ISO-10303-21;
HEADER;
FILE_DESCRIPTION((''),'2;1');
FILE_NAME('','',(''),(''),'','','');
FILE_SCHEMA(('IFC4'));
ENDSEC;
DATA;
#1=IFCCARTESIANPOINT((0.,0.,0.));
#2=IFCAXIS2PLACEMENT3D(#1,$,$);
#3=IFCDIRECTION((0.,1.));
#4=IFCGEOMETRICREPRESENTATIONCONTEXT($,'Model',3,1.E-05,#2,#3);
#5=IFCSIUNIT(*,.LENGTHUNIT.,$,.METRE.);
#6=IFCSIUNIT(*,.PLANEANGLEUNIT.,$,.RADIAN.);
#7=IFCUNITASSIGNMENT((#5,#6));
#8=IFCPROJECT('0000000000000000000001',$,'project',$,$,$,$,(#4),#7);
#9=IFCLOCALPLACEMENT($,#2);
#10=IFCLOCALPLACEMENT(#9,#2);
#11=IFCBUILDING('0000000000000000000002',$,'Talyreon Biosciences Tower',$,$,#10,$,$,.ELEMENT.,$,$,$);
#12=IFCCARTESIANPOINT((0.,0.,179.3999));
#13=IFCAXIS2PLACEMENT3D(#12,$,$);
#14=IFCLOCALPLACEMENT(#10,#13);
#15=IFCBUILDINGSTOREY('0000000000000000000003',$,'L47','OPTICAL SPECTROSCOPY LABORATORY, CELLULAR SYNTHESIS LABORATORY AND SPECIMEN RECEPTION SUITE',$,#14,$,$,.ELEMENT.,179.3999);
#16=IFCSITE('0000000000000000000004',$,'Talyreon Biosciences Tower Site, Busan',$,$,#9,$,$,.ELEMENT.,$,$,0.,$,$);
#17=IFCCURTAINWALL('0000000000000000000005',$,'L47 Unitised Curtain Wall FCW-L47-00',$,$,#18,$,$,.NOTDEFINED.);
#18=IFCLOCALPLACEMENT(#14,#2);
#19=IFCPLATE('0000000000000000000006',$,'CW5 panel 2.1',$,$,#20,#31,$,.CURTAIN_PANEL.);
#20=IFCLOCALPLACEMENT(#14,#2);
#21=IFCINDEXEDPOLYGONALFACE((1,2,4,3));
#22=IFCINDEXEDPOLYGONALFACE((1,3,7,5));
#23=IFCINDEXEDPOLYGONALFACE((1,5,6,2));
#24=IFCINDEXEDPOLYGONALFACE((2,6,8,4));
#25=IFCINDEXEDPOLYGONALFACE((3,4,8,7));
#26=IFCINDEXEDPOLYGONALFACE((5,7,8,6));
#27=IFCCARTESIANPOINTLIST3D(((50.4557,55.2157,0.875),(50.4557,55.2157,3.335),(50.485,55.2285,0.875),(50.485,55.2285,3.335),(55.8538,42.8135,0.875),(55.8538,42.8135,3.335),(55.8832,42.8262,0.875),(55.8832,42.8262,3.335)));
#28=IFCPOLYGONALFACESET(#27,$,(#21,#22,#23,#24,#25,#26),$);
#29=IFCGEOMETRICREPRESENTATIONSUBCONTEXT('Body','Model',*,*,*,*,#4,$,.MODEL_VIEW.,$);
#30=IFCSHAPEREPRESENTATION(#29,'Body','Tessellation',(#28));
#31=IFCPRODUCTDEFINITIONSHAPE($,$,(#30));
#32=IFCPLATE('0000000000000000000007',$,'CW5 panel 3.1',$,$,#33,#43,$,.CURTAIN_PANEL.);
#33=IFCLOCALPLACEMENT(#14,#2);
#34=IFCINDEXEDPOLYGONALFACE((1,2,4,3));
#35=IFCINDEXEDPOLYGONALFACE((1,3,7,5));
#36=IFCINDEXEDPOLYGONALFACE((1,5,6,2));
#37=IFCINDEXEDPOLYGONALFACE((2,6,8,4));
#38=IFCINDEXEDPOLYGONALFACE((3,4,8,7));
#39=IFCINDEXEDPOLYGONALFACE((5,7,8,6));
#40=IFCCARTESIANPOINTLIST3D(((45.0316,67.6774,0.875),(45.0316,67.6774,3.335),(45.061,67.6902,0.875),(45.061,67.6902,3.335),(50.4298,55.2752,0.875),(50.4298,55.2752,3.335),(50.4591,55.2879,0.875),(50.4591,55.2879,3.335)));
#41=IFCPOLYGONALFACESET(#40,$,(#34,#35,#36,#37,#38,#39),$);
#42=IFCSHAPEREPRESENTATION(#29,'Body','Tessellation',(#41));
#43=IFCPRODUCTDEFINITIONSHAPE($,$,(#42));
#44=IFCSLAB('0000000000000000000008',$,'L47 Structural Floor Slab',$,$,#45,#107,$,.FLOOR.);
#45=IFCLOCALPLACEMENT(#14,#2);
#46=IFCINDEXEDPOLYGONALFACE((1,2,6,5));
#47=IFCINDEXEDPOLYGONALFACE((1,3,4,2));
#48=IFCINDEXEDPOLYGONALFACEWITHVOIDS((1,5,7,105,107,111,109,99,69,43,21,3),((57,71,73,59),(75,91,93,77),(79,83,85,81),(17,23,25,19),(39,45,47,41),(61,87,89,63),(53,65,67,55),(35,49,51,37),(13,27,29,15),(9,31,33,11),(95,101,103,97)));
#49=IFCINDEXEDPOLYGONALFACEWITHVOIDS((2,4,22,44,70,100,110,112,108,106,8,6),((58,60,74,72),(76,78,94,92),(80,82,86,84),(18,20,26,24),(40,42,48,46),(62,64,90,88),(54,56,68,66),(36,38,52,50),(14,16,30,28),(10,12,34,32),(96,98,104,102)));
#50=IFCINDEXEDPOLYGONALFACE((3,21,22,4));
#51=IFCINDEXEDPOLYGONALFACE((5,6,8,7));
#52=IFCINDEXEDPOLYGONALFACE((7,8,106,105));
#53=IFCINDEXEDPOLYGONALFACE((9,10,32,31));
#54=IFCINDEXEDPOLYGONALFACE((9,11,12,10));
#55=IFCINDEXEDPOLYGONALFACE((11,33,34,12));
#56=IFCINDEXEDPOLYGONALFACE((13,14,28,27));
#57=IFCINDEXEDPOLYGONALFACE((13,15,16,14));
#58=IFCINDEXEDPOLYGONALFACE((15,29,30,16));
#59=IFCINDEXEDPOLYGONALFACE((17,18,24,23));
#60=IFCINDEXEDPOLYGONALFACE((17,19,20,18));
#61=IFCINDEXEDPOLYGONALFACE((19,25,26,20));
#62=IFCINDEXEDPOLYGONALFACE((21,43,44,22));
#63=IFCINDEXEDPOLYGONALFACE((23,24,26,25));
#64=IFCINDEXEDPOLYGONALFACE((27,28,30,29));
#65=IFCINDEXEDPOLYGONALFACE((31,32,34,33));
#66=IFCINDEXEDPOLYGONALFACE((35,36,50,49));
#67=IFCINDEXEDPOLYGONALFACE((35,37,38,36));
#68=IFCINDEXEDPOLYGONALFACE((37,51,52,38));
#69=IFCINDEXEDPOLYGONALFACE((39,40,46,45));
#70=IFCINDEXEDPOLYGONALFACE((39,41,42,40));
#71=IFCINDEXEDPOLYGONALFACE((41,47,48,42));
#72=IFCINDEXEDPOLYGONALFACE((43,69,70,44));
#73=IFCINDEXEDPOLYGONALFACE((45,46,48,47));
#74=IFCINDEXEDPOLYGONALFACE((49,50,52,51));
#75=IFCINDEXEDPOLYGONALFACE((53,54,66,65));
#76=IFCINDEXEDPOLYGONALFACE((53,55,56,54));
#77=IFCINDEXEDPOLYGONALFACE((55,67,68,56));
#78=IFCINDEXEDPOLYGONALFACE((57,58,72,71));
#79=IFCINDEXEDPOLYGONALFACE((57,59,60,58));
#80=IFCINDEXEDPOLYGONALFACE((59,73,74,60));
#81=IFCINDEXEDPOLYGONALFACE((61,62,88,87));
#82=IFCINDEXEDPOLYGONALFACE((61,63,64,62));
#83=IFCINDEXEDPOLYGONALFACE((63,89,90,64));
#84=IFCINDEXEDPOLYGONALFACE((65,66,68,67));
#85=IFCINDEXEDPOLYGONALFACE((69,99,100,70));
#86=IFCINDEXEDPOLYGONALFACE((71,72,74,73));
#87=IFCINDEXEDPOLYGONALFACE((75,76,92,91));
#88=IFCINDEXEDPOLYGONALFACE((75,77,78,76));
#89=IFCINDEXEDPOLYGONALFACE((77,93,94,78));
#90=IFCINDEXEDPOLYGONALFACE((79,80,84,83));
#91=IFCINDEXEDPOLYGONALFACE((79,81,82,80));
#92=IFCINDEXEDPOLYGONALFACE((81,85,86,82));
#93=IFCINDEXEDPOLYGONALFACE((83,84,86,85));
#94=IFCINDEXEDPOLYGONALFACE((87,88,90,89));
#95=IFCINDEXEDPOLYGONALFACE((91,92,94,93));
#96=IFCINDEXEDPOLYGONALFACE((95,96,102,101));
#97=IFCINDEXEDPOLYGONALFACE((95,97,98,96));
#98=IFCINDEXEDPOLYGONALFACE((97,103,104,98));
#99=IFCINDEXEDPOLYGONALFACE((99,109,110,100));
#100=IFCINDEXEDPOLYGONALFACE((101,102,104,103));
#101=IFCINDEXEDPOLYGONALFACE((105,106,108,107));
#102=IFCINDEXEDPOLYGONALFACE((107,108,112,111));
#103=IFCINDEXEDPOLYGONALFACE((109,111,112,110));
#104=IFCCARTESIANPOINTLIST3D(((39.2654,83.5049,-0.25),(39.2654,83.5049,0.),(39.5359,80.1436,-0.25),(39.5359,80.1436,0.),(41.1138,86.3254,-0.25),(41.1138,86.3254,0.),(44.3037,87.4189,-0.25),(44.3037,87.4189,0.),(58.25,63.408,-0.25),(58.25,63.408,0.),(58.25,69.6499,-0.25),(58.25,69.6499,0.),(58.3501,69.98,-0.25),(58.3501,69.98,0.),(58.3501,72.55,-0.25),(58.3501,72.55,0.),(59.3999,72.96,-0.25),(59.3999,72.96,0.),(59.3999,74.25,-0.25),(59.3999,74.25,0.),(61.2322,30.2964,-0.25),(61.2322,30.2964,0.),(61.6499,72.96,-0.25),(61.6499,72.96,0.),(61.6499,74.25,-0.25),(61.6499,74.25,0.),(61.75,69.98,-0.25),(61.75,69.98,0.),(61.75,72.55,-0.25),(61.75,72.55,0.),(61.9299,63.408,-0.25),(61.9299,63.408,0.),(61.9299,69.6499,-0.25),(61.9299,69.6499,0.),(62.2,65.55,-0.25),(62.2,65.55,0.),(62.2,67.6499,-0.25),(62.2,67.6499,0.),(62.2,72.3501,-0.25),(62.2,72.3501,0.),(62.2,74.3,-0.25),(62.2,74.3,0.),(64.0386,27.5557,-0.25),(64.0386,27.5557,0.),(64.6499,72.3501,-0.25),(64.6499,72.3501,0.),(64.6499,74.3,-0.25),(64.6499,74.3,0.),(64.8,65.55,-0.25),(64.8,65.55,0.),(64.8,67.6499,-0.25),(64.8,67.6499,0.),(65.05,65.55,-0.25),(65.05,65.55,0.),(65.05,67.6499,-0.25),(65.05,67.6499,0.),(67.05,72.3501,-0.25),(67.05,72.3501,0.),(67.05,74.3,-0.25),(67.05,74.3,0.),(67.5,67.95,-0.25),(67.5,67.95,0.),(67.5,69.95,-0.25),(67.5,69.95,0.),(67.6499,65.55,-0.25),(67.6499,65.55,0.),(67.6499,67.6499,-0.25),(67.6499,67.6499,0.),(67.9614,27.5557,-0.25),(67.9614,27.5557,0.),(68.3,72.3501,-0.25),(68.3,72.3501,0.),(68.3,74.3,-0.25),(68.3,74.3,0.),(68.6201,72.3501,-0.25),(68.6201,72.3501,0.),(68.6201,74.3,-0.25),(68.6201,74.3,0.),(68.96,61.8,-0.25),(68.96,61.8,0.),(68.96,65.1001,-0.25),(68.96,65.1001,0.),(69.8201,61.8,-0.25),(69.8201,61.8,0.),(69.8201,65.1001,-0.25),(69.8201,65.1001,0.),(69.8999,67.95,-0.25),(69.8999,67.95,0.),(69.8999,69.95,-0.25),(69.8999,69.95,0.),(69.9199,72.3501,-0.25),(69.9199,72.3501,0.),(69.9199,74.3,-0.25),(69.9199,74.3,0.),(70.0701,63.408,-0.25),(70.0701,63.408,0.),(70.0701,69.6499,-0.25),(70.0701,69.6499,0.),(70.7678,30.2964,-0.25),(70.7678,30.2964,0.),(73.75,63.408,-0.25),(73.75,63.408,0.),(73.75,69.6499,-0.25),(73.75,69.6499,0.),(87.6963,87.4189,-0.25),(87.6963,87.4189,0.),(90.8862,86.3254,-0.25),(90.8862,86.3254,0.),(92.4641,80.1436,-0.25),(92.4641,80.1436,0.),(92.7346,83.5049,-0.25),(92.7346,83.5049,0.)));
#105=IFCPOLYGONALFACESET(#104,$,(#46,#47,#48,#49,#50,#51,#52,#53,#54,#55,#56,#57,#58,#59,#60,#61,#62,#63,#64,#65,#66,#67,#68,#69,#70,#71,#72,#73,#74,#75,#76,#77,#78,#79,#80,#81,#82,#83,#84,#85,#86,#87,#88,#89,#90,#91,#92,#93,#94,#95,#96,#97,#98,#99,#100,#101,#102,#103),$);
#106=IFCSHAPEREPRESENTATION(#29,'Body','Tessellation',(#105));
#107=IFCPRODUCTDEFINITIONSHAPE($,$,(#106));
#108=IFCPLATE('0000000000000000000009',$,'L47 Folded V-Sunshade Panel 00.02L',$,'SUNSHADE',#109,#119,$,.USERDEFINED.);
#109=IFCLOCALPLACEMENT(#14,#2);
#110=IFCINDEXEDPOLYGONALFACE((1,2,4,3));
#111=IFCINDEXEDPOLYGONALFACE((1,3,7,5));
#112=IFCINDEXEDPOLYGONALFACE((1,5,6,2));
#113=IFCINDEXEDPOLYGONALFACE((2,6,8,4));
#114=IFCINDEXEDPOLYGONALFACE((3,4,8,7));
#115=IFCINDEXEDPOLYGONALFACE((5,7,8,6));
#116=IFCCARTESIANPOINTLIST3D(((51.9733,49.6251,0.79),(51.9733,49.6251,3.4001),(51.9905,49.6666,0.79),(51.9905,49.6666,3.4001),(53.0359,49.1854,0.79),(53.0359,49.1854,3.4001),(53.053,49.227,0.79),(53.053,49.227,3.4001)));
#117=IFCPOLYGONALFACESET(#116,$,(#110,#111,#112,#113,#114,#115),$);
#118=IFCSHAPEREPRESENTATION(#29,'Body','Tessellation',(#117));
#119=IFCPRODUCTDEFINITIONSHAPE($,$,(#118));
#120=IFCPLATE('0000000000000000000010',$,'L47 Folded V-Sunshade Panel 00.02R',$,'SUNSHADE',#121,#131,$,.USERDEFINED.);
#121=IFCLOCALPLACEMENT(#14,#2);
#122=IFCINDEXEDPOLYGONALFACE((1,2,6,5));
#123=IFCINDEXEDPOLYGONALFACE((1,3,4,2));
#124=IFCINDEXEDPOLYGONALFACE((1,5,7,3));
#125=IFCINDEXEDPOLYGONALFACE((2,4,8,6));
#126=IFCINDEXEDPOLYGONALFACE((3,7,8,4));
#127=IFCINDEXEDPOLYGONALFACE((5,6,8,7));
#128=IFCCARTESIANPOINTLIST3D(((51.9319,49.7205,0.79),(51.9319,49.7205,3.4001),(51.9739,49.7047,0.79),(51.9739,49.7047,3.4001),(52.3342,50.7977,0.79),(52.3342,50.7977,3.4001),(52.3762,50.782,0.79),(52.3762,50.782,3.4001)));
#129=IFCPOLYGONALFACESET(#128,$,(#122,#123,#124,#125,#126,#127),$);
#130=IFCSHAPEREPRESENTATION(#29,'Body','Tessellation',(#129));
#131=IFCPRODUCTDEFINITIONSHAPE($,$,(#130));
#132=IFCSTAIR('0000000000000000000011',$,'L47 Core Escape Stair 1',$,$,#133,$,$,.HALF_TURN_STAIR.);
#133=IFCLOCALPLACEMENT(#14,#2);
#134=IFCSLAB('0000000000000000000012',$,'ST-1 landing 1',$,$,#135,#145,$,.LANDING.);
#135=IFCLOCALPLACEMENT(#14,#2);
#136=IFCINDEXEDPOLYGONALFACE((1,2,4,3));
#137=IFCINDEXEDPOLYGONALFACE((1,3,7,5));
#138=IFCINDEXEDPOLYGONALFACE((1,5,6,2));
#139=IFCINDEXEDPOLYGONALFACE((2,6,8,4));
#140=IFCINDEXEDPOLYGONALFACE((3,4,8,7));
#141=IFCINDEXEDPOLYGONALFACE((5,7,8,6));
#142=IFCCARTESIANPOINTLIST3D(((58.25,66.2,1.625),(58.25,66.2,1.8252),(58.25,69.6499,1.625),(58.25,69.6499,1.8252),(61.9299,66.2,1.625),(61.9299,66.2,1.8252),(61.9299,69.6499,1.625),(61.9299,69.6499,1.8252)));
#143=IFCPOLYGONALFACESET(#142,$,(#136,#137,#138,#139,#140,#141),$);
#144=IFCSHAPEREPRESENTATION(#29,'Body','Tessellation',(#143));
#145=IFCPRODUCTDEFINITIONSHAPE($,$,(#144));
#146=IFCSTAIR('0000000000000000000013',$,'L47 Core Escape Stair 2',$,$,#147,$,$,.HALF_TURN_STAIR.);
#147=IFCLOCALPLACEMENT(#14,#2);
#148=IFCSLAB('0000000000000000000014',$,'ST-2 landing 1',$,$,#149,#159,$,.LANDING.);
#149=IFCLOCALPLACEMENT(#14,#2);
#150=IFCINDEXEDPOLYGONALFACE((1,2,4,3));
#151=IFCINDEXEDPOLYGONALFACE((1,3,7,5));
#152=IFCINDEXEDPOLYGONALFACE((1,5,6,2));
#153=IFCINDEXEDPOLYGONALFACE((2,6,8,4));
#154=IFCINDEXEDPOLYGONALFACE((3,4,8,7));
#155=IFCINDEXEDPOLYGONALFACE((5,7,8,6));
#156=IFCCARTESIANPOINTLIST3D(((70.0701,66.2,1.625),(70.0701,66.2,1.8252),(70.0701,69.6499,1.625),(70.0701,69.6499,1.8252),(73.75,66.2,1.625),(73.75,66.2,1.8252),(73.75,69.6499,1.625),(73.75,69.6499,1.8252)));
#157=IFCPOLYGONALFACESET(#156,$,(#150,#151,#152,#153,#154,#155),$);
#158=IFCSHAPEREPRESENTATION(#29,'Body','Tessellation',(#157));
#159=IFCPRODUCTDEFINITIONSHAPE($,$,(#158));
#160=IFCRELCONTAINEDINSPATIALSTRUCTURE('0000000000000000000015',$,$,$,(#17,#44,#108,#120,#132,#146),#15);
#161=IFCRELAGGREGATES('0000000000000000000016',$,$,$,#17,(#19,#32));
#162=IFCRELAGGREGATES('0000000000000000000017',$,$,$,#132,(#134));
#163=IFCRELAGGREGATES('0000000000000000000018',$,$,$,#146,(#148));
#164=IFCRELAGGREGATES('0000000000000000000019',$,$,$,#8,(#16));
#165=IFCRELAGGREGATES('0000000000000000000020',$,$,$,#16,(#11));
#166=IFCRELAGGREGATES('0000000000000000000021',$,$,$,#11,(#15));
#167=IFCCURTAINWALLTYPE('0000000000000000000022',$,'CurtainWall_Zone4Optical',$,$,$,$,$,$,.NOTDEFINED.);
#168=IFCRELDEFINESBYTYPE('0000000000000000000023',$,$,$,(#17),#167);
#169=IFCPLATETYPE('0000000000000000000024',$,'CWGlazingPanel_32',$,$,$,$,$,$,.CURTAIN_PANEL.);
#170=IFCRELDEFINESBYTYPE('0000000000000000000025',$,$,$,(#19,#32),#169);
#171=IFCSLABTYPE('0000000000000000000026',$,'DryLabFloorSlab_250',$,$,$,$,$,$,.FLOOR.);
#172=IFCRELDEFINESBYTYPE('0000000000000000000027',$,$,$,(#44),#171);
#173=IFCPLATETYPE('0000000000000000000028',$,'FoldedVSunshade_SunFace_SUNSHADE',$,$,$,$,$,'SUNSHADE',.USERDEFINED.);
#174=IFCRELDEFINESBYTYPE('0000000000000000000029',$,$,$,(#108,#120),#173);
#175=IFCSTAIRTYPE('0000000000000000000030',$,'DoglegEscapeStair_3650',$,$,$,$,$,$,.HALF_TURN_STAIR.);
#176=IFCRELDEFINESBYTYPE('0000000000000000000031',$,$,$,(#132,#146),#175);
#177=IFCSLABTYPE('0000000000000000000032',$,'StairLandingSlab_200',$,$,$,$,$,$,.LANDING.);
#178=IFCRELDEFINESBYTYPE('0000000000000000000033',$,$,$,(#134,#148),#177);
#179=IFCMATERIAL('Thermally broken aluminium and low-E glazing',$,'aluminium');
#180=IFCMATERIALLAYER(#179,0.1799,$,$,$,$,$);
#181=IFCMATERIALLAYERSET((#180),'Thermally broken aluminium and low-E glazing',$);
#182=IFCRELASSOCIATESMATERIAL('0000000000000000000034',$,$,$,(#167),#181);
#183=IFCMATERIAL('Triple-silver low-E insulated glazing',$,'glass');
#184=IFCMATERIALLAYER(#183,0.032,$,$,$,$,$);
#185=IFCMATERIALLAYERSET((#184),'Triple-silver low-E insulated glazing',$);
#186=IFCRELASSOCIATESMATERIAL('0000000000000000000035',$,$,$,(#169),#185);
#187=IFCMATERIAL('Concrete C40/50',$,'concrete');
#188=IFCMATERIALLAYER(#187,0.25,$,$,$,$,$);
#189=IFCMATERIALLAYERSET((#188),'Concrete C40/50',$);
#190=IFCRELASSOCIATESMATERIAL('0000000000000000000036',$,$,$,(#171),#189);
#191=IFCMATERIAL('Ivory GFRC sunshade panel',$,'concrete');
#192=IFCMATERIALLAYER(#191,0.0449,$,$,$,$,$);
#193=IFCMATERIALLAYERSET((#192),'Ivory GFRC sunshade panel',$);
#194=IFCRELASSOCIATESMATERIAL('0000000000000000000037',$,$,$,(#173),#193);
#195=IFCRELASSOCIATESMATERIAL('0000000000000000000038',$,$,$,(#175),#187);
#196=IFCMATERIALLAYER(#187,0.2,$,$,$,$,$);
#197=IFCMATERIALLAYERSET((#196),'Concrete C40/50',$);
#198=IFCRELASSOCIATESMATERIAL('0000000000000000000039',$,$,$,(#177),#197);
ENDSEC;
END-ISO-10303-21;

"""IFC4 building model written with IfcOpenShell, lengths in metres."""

from ifc_helpers import new_model, si_unit, direction, frame, origin, origin_2d, place, context, subcontext, project, spatial, polyline, rectangle, outline, extrude, material, layer, layer_set, type_object, element, aggregate, save


model = new_model("IFC4")

# Units and contexts
model_context = context("Model", 3, precision=1e-05, world=origin(), true_north=direction((0.0, 1.0)))
body_context = subcontext(model_context, "Body", "Model", "MODEL_VIEW")
ifc_project = project(units=[si_unit("LENGTHUNIT", "METRE"), si_unit("PLANEANGLEUNIT", "RADIAN")], contexts=[model_context])

# Site, building, storey
site_placement = place(None, origin())
site = spatial("IfcSite", under=ifc_project, at=site_placement, Name="Talyreon Biosciences Tower Site, Busan", CompositionType="ELEMENT", RefElevation=0.0)
building_placement = place(site_placement, origin())
building = spatial("IfcBuilding", under=site, at=building_placement, Name="Talyreon Biosciences Tower", CompositionType="ELEMENT")
storey_placement = place(building_placement, frame((0.0, 0.0, 179.3999)))
storey = spatial("IfcBuildingStorey", under=building, at=storey_placement, Name="L47", Description="OPTICAL SPECTROSCOPY LABORATORY, CELLULAR SYNTHESIS LABORATORY AND SPECIMEN RECEPTION SUITE", CompositionType="ELEMENT", Elevation=179.3999)

# Curtain wall
ifc_material_1 = material(Name="Thermally broken aluminium and low-E glazing", Category="aluminium")
ifc_layer_1 = layer(ifc_material_1, 0.1799)
ifc_layer_set_1 = layer_set([ifc_layer_1], Name="Thermally broken aluminium and low-E glazing")
curtain_wall_type = type_object("IfcCurtainWallType", Name="CurtainWall_Zone4Optical", PredefinedType="NOTDEFINED", material=ifc_layer_set_1)
curtain_wall_placement = place(storey_placement, origin())
curtain_wall = element("IfcCurtainWall", 1, at=curtain_wall_placement, inside=storey, type_object=curtain_wall_type, Name="L47 Unitised Curtain Wall FCW-L47-00", PredefinedType="NOTDEFINED")

# Plates
ifc_material_2 = material(Name="Triple-silver low-E insulated glazing", Category="glass")
ifc_layer_2 = layer(ifc_material_2, 0.032)
ifc_layer_set_2 = layer_set([ifc_layer_2], Name="Triple-silver low-E insulated glazing")
plate_type_1 = type_object("IfcPlateType", Name="CWGlazingPanel_32", PredefinedType="CURTAIN_PANEL", material=ifc_layer_set_2)
plate_1_placement = place(storey_placement, frame((53.1694, 49.021, 0.875), z_axis=(0.0, 0.0, 1.0), x_axis=(-0.399089, 0.916912, 0.0)))
plate_1 = element("IfcPlate", 2, at=plate_1_placement, type_object=plate_type_1, Name="CW5 panel 2.1", PredefinedType="CURTAIN_PANEL", context=body_context, shape_type="SweptSolid", body=[
    extrude(rectangle(XDim=13.5261, YDim=0.032, at=origin_2d()), origin(), (0.0, 0.0, 1.0), 2.46),
])
plate_2_placement = place(storey_placement, frame((47.7454, 61.4827, 0.875), z_axis=(0.0, 0.0, 1.0), x_axis=(-0.399089, 0.916912, 0.0)))
plate_2 = element("IfcPlate", 3, at=plate_2_placement, type_object=plate_type_1, Name="CW5 panel 3.1", PredefinedType="CURTAIN_PANEL", context=body_context, shape_type="SweptSolid", body=[
    extrude(rectangle(XDim=13.5261, YDim=0.032, at=origin_2d()), origin(), (0.0, 0.0, 1.0), 2.46),
])
aggregate(curtain_wall, [plate_1, plate_2])

# Slab
ifc_material_3 = material(Name="Concrete C40/50", Category="concrete")
ifc_layer_3 = layer(ifc_material_3, 0.25)
ifc_layer_set_3 = layer_set([ifc_layer_3], Name="Concrete C40/50")
slab_type_1 = type_object("IfcSlabType", Name="DryLabFloorSlab_250", PredefinedType="FLOOR", material=ifc_layer_set_3)
slab_1_placement = place(storey_placement, frame((0.0, 0.0, -0.25)))
element("IfcSlab", 4, at=slab_1_placement, inside=storey, type_object=slab_type_1, Name="L47 Structural Floor Slab", PredefinedType="FLOOR", context=body_context, shape_type="SweptSolid", body=[
    extrude(outline(polyline([(61.2322, 30.2964), (39.5359, 80.1436), (39.2654, 83.5049), (41.1138, 86.3254), (44.3037, 87.4189), (87.6963, 87.4189), (90.8862, 86.3254), (92.7346, 83.5049), (92.4641, 80.1436), (70.7678, 30.2964), (67.9614, 27.5557), (64.0386, 27.5557), (61.2322, 30.2964)]), holes=[polyline([(61.9299, 69.6499), (61.9299, 63.408), (58.25, 63.408), (58.25, 69.6499), (61.9299, 69.6499)]), polyline([(64.8, 67.6499), (64.8, 65.55), (62.2, 65.55), (62.2, 67.6499), (64.8, 67.6499)]), polyline([(67.6499, 67.6499), (67.6499, 65.55), (65.05, 65.55), (65.05, 67.6499), (67.6499, 67.6499)]), polyline([(61.75, 69.98), (58.3501, 69.98), (58.3501, 72.55), (61.75, 72.55), (61.75, 69.98)]), polyline([(64.6499, 72.3501), (62.2, 72.3501), (62.2, 74.3), (64.6499, 74.3), (64.6499, 72.3501)]), polyline([(61.6499, 74.25), (61.6499, 72.96), (59.3999, 72.96), (59.3999, 74.25), (61.6499, 74.25)]), polyline([(69.8201, 61.8), (68.96, 61.8), (68.96, 65.1001), (69.8201, 65.1001), (69.8201, 61.8)]), polyline([(73.75, 63.408), (70.0701, 63.408), (70.0701, 69.6499), (73.75, 69.6499), (73.75, 63.408)]), polyline([(69.8999, 69.95), (69.8999, 67.95), (67.5, 67.95), (67.5, 69.95), (69.8999, 69.95)]), polyline([(68.3, 72.3501), (67.05, 72.3501), (67.05, 74.3), (68.3, 74.3), (68.3, 72.3501)]), polyline([(69.9199, 72.3501), (68.6201, 72.3501), (68.6201, 74.3), (69.9199, 74.3), (69.9199, 72.3501)])]), origin(), (0.0, 0.0, 1.0), 0.25),
])

# Plates
ifc_material_4 = material(Name="Ivory GFRC sunshade panel", Category="concrete")
ifc_layer_4 = layer(ifc_material_4, 0.0449)
ifc_layer_set_4 = layer_set([ifc_layer_4], Name="Ivory GFRC sunshade panel")
plate_type_2 = type_object("IfcPlateType", Name="FoldedVSunshade_SunFace_SUNSHADE", ElementType="SUNSHADE", PredefinedType="USERDEFINED", material=ifc_layer_set_4)
for number, where, z_axis, x_axis, name in (
    (5, (52.5132, 49.426, 0.79), (0.0, 0.0, 1.0), (-0.92402, 0.382345, 0.0), "L47 Folded V-Sunshade Panel 00.02L"),
    (6, (52.1541, 50.2512, 0.79), (0.0, 0.0, 1.0), (0.349864, 0.9368, 0.0), "L47 Folded V-Sunshade Panel 00.02R"),
):
    element("IfcPlate", number, at=place(storey_placement, frame(where, z_axis=z_axis, x_axis=x_axis)), inside=storey, type_object=plate_type_2, Name=name, ObjectType="SUNSHADE", PredefinedType="USERDEFINED", context=body_context, shape_type="SweptSolid", body=[
        extrude(rectangle(XDim=1.1499, YDim=0.0449, at=origin_2d()), origin(), (0.0, 0.0, 1.0), 2.6101),
    ])

# Stairs, slabs
stair_type = type_object("IfcStairType", Name="DoglegEscapeStair_3650", PredefinedType="HALF_TURN_STAIR", material=ifc_material_3)
stair_1_placement = place(storey_placement, origin())
stair_1 = element("IfcStair", 7, at=stair_1_placement, inside=storey, type_object=stair_type, Name="L47 Core Escape Stair 1", PredefinedType="HALF_TURN_STAIR")
ifc_layer_5 = layer(ifc_material_3, 0.2)
ifc_layer_set_5 = layer_set([ifc_layer_5], Name="Concrete C40/50")
slab_type_2 = type_object("IfcSlabType", Name="StairLandingSlab_200", PredefinedType="LANDING", material=ifc_layer_set_5)
slab_2_placement = place(storey_placement, frame((0.0, 0.0, 1.625)))
slab_2 = element("IfcSlab", 8, at=slab_2_placement, type_object=slab_type_2, Name="ST-1 landing 1", PredefinedType="LANDING", context=body_context, shape_type="SweptSolid", body=[
    extrude(outline(polyline([(61.9299, 66.2), (61.9299, 69.6499), (58.25, 69.6499), (58.25, 66.2), (61.9299, 66.2)])), origin(), (0.0, 0.0, 1.0), 0.2002),
])
aggregate(stair_1, [slab_2])
stair_2_placement = place(storey_placement, origin())
stair_2 = element("IfcStair", 9, at=stair_2_placement, inside=storey, type_object=stair_type, Name="L47 Core Escape Stair 2", PredefinedType="HALF_TURN_STAIR")
slab_3_placement = place(storey_placement, frame((0.0, 0.0, 1.625)))
slab_3 = element("IfcSlab", 10, at=slab_3_placement, type_object=slab_type_2, Name="ST-2 landing 1", PredefinedType="LANDING", context=body_context, shape_type="SweptSolid", body=[
    extrude(outline(polyline([(73.75, 66.2), (73.75, 69.6499), (70.0701, 69.6499), (70.0701, 66.2), (73.75, 66.2)])), origin(), (0.0, 0.0, 1.0), 0.2002),
])
aggregate(stair_2, [slab_3])

save(model, "model.ifc")
